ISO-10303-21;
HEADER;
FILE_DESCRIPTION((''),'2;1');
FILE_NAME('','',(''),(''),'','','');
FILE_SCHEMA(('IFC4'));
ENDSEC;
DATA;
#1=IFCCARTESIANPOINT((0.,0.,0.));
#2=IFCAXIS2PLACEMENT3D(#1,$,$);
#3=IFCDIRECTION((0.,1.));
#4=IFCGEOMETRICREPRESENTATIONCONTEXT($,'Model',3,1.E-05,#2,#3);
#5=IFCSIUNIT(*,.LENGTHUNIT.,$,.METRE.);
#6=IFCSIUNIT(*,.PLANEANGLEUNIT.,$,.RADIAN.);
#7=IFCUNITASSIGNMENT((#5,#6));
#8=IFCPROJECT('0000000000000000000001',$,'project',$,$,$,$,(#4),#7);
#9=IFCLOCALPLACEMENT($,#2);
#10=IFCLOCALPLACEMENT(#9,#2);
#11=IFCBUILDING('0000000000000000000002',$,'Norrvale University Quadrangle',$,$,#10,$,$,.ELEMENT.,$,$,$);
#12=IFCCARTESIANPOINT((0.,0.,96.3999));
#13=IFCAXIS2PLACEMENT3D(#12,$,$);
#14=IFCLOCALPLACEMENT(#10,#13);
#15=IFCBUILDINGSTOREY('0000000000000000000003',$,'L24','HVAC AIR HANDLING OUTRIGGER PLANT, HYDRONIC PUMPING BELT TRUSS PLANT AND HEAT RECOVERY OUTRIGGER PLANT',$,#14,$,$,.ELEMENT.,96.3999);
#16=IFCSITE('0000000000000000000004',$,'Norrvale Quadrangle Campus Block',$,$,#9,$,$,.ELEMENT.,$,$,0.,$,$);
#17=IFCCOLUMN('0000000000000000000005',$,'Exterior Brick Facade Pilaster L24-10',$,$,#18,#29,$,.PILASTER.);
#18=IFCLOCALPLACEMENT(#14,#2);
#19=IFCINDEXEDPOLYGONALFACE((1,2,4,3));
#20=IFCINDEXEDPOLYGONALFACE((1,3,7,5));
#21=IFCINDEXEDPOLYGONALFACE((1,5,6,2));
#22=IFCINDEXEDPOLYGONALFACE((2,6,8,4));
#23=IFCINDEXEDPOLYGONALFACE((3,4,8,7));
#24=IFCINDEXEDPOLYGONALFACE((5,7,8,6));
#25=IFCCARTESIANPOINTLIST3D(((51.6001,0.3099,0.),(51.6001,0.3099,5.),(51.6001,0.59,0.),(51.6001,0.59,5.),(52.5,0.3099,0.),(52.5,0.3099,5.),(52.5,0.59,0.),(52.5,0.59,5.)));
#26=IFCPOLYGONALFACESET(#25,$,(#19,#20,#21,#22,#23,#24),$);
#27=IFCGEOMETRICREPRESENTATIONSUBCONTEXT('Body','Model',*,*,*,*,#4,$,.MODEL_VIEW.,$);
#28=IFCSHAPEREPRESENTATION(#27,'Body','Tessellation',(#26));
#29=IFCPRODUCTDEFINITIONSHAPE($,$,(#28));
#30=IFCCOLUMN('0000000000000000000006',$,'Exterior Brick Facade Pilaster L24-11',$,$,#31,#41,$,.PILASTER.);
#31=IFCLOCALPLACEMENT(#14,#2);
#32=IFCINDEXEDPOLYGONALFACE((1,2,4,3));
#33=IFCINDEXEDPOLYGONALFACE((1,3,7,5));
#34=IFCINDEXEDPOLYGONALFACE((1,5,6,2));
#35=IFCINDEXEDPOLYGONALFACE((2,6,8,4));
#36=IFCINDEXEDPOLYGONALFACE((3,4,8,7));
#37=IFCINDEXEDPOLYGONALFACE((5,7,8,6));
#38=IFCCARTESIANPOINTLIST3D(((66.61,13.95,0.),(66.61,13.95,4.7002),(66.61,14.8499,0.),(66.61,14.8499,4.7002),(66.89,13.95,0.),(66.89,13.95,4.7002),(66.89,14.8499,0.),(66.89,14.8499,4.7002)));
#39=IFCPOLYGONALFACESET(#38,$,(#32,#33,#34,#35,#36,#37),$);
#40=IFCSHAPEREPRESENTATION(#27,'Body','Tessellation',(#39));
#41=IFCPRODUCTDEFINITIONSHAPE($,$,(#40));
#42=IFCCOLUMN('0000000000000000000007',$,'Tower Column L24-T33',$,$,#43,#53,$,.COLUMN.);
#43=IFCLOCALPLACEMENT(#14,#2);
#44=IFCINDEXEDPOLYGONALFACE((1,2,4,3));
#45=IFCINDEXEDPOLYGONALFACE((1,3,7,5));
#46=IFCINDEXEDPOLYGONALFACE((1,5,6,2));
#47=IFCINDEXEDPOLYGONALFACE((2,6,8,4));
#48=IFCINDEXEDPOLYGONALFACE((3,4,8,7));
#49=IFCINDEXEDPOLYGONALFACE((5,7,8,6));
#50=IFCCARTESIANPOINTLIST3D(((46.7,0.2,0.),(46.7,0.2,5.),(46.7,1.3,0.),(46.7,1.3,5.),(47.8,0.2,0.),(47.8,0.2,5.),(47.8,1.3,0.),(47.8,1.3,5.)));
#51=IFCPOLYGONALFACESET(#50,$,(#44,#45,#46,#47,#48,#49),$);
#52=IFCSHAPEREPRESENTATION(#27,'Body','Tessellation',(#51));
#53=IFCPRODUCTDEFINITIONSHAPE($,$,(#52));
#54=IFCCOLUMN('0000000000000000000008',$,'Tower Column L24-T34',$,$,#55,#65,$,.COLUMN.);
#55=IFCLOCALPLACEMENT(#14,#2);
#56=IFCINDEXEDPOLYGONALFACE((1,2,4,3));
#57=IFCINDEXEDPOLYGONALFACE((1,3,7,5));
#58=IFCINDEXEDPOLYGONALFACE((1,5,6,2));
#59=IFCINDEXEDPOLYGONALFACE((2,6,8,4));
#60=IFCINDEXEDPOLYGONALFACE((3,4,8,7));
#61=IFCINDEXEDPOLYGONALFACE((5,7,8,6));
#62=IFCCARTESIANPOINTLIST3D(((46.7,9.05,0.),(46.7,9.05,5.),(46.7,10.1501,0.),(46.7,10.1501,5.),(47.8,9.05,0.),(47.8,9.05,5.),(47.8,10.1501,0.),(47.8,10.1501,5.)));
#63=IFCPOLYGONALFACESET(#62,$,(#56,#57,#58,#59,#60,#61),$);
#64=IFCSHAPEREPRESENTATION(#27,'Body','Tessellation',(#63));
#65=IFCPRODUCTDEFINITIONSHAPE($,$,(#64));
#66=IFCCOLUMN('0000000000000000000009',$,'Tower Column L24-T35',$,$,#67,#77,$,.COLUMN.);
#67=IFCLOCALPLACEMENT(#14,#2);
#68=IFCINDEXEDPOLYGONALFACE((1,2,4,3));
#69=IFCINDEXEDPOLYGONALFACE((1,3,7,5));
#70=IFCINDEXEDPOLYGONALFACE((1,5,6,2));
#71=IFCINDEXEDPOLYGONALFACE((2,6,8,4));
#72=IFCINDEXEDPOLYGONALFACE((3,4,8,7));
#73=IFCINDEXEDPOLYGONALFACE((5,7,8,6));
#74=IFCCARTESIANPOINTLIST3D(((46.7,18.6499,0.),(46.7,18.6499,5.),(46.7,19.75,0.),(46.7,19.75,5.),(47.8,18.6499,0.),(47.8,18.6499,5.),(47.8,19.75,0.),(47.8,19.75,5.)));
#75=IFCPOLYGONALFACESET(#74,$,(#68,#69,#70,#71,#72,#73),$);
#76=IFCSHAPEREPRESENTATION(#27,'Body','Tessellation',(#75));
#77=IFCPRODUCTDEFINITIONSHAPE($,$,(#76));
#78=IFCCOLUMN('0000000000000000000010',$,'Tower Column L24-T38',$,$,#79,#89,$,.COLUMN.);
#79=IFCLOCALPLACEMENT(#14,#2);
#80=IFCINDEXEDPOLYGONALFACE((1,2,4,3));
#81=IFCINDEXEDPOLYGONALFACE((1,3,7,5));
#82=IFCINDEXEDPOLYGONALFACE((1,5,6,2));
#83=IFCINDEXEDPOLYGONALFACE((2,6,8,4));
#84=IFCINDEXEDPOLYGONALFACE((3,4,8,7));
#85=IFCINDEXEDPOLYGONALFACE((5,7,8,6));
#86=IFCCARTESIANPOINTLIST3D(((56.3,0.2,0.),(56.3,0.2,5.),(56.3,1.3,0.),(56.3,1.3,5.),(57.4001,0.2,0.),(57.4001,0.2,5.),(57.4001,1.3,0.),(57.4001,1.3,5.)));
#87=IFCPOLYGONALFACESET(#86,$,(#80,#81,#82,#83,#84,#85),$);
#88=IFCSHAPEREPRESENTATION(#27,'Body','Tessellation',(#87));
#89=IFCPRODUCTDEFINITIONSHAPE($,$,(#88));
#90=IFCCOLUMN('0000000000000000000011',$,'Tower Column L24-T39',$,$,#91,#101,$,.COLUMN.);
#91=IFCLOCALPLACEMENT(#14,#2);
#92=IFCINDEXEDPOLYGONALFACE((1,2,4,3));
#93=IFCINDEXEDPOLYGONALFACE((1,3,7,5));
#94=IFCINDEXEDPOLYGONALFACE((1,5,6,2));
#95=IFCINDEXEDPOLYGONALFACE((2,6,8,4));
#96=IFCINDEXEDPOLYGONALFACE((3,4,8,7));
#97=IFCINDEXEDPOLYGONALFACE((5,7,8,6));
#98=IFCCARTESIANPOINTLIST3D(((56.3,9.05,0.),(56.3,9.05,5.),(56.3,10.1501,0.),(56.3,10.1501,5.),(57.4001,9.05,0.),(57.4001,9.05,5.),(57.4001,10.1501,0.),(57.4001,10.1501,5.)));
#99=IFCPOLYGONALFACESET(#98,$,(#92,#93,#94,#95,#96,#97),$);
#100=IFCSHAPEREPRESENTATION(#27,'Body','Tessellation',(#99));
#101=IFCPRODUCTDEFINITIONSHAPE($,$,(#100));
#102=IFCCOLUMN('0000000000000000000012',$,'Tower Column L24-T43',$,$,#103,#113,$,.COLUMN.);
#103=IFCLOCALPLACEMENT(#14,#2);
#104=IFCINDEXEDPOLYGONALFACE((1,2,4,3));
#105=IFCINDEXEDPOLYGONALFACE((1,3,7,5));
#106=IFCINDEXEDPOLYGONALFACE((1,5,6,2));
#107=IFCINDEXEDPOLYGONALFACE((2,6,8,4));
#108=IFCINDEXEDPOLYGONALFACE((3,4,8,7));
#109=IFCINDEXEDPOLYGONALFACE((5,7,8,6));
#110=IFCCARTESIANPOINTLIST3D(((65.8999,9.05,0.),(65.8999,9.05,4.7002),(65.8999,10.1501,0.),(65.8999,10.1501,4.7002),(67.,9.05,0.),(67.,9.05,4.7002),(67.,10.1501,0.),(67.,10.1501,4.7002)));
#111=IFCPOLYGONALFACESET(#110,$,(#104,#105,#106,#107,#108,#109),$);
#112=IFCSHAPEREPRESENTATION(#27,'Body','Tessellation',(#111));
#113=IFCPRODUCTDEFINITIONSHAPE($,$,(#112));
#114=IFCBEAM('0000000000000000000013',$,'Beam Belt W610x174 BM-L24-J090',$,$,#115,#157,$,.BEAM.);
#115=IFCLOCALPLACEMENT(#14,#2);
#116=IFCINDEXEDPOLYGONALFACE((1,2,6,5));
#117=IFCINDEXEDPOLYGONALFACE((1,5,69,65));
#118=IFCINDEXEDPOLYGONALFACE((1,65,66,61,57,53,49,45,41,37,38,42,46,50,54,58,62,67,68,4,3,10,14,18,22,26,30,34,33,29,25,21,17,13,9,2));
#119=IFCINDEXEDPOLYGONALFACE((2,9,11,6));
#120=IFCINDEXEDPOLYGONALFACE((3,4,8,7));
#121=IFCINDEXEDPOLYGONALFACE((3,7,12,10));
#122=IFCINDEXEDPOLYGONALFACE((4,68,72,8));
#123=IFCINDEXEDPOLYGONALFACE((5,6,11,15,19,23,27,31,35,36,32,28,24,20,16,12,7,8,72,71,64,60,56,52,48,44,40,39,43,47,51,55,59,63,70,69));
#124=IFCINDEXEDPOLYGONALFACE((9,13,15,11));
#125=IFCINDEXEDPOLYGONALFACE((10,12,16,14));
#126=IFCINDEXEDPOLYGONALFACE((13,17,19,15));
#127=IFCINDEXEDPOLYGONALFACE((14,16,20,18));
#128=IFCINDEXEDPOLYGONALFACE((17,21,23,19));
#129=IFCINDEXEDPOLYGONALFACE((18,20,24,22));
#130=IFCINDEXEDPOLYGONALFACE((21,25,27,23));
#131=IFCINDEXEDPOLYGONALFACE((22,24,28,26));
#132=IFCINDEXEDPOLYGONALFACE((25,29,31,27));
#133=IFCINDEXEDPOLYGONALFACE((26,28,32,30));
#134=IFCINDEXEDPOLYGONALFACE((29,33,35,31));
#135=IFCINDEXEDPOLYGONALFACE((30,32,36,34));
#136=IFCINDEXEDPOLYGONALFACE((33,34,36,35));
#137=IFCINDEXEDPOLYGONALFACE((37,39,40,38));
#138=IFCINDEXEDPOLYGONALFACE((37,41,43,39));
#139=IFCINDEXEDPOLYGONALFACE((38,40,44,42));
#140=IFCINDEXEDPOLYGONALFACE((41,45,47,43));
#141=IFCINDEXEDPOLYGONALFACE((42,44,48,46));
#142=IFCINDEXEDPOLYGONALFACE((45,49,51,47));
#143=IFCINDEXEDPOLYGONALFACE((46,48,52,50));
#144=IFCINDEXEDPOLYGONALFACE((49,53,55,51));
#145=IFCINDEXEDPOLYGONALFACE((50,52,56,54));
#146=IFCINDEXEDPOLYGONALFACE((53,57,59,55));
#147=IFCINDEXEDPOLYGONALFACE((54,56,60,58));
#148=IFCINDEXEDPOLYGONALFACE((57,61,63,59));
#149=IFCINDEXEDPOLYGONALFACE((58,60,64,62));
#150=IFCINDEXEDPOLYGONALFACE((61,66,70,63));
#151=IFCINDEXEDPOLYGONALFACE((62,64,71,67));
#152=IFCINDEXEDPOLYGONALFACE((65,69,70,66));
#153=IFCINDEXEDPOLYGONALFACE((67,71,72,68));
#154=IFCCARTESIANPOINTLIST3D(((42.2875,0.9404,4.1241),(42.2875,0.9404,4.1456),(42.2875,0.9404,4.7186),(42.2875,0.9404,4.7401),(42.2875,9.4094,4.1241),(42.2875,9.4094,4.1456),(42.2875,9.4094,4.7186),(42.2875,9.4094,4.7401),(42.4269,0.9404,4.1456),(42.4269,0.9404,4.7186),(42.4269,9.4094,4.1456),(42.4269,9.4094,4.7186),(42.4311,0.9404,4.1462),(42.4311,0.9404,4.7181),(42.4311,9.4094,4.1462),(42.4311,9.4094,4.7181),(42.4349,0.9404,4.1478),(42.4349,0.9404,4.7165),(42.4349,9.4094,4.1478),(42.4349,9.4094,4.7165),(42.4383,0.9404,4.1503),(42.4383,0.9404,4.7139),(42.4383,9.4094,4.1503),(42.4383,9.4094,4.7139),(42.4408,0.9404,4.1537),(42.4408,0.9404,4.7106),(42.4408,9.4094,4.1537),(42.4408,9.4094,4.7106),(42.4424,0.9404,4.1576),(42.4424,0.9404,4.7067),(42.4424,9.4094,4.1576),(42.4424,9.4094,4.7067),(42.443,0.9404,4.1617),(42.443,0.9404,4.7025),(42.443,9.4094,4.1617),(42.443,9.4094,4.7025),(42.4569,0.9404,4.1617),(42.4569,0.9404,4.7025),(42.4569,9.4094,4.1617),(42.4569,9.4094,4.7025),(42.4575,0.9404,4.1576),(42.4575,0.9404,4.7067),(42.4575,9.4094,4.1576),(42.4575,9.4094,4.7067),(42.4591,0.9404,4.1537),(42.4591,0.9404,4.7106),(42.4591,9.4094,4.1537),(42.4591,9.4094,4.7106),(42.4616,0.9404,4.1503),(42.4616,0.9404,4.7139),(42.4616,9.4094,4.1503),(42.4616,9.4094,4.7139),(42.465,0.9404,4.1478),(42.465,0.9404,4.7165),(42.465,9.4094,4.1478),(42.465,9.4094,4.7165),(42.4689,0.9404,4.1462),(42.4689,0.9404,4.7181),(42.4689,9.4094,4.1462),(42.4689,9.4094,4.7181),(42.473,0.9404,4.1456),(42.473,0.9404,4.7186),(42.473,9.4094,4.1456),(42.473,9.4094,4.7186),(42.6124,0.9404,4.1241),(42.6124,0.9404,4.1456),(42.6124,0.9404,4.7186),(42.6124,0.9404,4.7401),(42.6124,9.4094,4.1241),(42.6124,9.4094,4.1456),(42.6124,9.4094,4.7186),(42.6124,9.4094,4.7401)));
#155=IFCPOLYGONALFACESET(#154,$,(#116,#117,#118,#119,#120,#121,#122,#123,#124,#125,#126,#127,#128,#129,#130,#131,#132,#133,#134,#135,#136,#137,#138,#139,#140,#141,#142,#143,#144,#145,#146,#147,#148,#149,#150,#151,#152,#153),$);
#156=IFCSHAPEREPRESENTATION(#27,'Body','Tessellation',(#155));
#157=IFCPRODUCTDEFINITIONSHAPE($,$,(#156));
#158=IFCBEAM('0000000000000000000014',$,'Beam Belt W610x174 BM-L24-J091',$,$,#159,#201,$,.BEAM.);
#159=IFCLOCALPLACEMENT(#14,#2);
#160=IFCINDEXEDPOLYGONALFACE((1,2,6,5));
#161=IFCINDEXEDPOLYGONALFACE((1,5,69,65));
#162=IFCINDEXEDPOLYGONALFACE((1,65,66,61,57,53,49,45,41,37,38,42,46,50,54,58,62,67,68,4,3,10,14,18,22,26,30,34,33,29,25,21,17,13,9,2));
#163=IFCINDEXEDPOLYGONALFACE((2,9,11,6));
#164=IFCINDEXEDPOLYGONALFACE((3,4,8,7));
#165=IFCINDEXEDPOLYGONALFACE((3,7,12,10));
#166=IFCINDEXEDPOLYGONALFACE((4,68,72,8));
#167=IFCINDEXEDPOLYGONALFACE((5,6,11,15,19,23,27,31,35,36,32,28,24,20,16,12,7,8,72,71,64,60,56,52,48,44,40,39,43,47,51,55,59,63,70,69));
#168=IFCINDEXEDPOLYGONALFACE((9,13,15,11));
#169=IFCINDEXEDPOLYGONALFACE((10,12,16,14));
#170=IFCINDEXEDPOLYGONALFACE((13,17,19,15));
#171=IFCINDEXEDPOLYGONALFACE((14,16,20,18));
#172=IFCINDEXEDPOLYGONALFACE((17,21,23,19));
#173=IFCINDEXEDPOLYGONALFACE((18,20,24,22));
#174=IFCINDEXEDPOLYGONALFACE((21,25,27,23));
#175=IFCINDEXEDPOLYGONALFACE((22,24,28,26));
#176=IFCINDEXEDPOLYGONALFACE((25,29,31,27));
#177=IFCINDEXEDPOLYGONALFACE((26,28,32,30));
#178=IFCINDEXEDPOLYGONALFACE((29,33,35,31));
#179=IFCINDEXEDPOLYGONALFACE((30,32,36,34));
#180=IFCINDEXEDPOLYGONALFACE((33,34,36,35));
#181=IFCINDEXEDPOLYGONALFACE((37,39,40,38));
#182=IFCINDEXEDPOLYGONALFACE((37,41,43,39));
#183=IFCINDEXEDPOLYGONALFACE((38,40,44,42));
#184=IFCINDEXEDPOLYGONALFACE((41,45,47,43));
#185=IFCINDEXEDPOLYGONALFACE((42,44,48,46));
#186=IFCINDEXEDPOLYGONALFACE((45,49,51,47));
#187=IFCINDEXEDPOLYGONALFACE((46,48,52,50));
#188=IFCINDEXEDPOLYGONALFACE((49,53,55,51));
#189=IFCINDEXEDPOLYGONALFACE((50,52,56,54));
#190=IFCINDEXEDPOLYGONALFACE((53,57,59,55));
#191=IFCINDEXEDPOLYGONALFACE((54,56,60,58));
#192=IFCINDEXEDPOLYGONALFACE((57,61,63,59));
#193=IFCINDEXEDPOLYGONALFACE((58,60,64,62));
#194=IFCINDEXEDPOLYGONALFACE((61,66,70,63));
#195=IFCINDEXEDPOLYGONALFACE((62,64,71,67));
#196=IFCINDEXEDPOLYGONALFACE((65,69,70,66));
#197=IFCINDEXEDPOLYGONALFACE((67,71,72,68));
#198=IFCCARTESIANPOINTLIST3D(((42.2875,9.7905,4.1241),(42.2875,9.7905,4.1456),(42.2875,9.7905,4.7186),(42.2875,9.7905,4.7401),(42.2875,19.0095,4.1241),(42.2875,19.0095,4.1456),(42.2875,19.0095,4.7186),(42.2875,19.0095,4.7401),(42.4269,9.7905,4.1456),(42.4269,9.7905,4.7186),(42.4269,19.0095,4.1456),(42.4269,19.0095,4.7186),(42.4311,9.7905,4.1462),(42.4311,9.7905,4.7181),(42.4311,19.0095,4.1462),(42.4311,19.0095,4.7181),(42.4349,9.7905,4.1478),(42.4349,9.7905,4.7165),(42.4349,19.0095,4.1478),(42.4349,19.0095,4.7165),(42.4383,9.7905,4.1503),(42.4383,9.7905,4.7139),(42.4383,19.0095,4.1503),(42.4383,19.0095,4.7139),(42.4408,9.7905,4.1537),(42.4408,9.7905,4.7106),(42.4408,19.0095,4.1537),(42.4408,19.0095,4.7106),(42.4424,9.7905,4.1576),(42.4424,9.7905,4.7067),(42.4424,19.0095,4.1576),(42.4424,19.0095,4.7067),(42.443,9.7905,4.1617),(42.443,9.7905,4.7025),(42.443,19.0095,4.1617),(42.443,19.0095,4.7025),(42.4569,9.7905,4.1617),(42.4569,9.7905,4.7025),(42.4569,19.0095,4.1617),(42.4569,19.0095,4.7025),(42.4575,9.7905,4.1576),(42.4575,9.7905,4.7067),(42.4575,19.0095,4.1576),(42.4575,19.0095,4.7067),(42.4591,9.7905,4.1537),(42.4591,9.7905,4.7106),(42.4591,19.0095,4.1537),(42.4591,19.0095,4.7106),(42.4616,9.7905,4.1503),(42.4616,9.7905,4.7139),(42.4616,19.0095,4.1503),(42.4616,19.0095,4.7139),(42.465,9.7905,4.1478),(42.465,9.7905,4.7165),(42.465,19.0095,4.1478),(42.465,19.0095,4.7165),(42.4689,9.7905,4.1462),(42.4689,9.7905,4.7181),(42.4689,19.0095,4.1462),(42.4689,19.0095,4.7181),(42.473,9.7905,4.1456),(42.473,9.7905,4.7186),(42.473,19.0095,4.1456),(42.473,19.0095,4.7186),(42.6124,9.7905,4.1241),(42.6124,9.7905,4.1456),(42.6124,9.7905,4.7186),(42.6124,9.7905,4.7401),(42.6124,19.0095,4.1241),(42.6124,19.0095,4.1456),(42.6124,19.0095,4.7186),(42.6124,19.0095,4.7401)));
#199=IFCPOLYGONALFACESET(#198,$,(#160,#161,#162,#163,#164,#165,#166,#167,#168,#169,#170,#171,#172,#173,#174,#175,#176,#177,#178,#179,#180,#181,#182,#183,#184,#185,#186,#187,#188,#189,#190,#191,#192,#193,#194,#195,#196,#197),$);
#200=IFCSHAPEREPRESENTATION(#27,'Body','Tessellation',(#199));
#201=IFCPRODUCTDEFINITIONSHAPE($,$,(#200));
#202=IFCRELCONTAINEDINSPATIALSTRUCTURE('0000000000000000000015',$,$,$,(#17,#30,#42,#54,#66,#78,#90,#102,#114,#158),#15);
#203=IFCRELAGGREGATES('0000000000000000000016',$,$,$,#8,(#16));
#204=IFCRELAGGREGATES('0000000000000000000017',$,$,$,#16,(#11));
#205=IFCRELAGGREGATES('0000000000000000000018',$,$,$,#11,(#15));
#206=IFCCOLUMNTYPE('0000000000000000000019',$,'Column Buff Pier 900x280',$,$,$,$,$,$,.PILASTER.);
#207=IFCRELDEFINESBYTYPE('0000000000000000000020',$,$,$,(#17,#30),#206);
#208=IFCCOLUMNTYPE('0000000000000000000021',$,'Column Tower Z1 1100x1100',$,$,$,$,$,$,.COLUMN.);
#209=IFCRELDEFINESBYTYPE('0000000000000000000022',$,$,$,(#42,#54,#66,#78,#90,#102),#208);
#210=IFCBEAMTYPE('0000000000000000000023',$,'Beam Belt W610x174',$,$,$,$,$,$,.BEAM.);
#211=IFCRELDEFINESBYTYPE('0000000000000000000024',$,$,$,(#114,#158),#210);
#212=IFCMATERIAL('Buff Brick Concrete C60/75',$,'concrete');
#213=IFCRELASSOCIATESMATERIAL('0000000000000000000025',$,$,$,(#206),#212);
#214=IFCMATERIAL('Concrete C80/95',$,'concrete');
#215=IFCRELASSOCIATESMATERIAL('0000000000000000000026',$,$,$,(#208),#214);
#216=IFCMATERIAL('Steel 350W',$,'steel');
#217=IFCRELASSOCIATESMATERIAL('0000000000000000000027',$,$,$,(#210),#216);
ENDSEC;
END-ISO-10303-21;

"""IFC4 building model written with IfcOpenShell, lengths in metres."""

from ifc_helpers import new_model, si_unit, direction, frame, origin, origin_2d, place, context, subcontext, project, spatial, rectangle, i_section, extrude, material, material_profile, profile_set, type_object, element, save


model = new_model("IFC4")

# Units and contexts
model_context = context("Model", 3, precision=1e-05, world=origin(), true_north=direction((0.0, 1.0)))
body_context = subcontext(model_context, "Body", "Model", "MODEL_VIEW")
ifc_project = project(units=[si_unit("LENGTHUNIT", "METRE"), si_unit("PLANEANGLEUNIT", "RADIAN")], contexts=[model_context])

# Site, building, storey
site_placement = place(None, origin())
site = spatial("IfcSite", under=ifc_project, at=site_placement, Name="Norrvale Quadrangle Campus Block", CompositionType="ELEMENT", RefElevation=0.0)
building_placement = place(site_placement, origin())
building = spatial("IfcBuilding", under=site, at=building_placement, Name="Norrvale University Quadrangle", CompositionType="ELEMENT")
storey_placement = place(building_placement, frame((0.0, 0.0, 96.3999)))
storey = spatial("IfcBuildingStorey", under=building, at=storey_placement, Name="L24", Description="HVAC AIR HANDLING OUTRIGGER PLANT, HYDRONIC PUMPING BELT TRUSS PLANT AND HEAT RECOVERY OUTRIGGER PLANT", CompositionType="ELEMENT", Elevation=96.3999)

# Columns
ifc_material_1 = material(Name="Buff Brick Concrete C60/75", Category="concrete")
ifc_material_profile_1 = material_profile(ifc_material_1, rectangle(XDim=0.8999, YDim=0.28, at=origin_2d()), Name="Buff Brick Concrete C60/75")
ifc_profile_set_1 = profile_set([ifc_material_profile_1], Name="Buff Brick Concrete C60/75")
column_type_1 = type_object("IfcColumnType", Name="Column Buff Pier 900x280", PredefinedType="PILASTER", material=ifc_profile_set_1)
column_1_placement = place(storey_placement, frame((52.05, 0.45, 0.0), z_axis=(0.0, 0.0, 1.0), x_axis=(1.0, 0.0, 0.0)))
element("IfcColumn", 1, at=column_1_placement, inside=storey, type_object=column_type_1, Name="Exterior Brick Facade Pilaster L24-10", PredefinedType="PILASTER", context=body_context, shape_type="SweptSolid", body=[
    extrude(rectangle(XDim=0.8999, YDim=0.28, at=origin_2d()), origin(), (0.0, 0.0, 1.0), 5.0),
])
column_2_placement = place(storey_placement, frame((66.75, 14.3999, 0.0), z_axis=(0.0, 0.0, 1.0), x_axis=(0.0, 1.0, 0.0)))
element("IfcColumn", 2, at=column_2_placement, inside=storey, type_object=column_type_1, Name="Exterior Brick Facade Pilaster L24-11", PredefinedType="PILASTER", context=body_context, shape_type="SweptSolid", body=[
    extrude(rectangle(XDim=0.8999, YDim=0.28, at=origin_2d()), origin(), (0.0, 0.0, 1.0), 4.7002),
])
ifc_material_2 = material(Name="Concrete C80/95", Category="concrete")
ifc_material_profile_2 = material_profile(ifc_material_2, rectangle(XDim=1.1001, YDim=1.1001, at=origin_2d()), Name="Concrete C80/95")
ifc_profile_set_2 = profile_set([ifc_material_profile_2], Name="Concrete C80/95")
column_type_2 = type_object("IfcColumnType", Name="Column Tower Z1 1100x1100", PredefinedType="COLUMN", material=ifc_profile_set_2)
for number, where, z_axis, x_axis, name in (
    (3, (47.25, 0.75, 0.0), (0.0, 0.0, 1.0), (1.0, 0.0, 0.0), "Tower Column L24-T33"),
    (4, (47.25, 9.6001, 0.0), (0.0, 0.0, 1.0), (1.0, 0.0, 0.0), "Tower Column L24-T34"),
    (5, (47.25, 19.2, 0.0), (0.0, 0.0, 1.0), (1.0, 0.0, 0.0), "Tower Column L24-T35"),
    (6, (56.8501, 0.75, 0.0), (0.0, 0.0, 1.0), (1.0, 0.0, 0.0), "Tower Column L24-T38"),
    (7, (56.8501, 9.6001, 0.0), (0.0, 0.0, 1.0), (1.0, 0.0, 0.0), "Tower Column L24-T39"),
):
    element("IfcColumn", number, at=place(storey_placement, frame(where, z_axis=z_axis, x_axis=x_axis)), inside=storey, type_object=column_type_2, Name=name, PredefinedType="COLUMN", context=body_context, shape_type="SweptSolid", body=[
        extrude(rectangle(XDim=1.1001, YDim=1.1001, at=origin_2d()), origin(), (0.0, 0.0, 1.0), 5.0),
    ])
column_3_placement = place(storey_placement, frame((66.45, 9.6001, 0.0), z_axis=(0.0, 0.0, 1.0), x_axis=(1.0, 0.0, 0.0)))
element("IfcColumn", 8, at=column_3_placement, inside=storey, type_object=column_type_2, Name="Tower Column L24-T43", PredefinedType="COLUMN", context=body_context, shape_type="SweptSolid", body=[
    extrude(rectangle(XDim=1.1001, YDim=1.1001, at=origin_2d()), origin(), (0.0, 0.0, 1.0), 4.7002),
])

# Beams
ifc_material_3 = material(Name="Steel 350W", Category="steel")
ifc_material_profile_3 = material_profile(ifc_material_3, i_section(OverallWidth=0.325, OverallDepth=0.616, WebThickness=0.0139, FlangeThickness=0.0215, FilletRadius=0.0161, at=origin_2d()), Name="Steel 350W")
ifc_profile_set_3 = profile_set([ifc_material_profile_3], Name="Steel 350W")
beam_type_1 = type_object("IfcBeamType", Name="Beam Belt W610x174", PredefinedType="BEAM", material=ifc_profile_set_3)
beam_1_placement = place(storey_placement, frame((42.45, 0.9404, 4.4321), z_axis=(0.0, 1.0, 0.0), x_axis=(-1.0, 0.0, 0.0)))
element("IfcBeam", 9, at=beam_1_placement, inside=storey, type_object=beam_type_1, Name="Beam Belt W610x174 BM-L24-J090", PredefinedType="BEAM", context=body_context, shape_type="SweptSolid", body=[
    extrude(i_section(OverallWidth=0.325, OverallDepth=0.616, WebThickness=0.0139, FlangeThickness=0.0215, FilletRadius=0.0161, at=origin_2d()), origin(), (0.0, 0.0, 1.0), 8.469),
])
beam_2_placement = place(storey_placement, frame((42.45, 9.7905, 4.4321), z_axis=(0.0, 1.0, 0.0), x_axis=(-1.0, 0.0, 0.0)))
element("IfcBeam", 10, at=beam_2_placement, inside=storey, type_object=beam_type_1, Name="Beam Belt W610x174 BM-L24-J091", PredefinedType="BEAM", context=body_context, shape_type="SweptSolid", body=[
    extrude(i_section(OverallWidth=0.325, OverallDepth=0.616, WebThickness=0.0139, FlangeThickness=0.0215, FilletRadius=0.0161, at=origin_2d()), origin(), (0.0, 0.0, 1.0), 9.219),
])

save(model, "model.ifc")
